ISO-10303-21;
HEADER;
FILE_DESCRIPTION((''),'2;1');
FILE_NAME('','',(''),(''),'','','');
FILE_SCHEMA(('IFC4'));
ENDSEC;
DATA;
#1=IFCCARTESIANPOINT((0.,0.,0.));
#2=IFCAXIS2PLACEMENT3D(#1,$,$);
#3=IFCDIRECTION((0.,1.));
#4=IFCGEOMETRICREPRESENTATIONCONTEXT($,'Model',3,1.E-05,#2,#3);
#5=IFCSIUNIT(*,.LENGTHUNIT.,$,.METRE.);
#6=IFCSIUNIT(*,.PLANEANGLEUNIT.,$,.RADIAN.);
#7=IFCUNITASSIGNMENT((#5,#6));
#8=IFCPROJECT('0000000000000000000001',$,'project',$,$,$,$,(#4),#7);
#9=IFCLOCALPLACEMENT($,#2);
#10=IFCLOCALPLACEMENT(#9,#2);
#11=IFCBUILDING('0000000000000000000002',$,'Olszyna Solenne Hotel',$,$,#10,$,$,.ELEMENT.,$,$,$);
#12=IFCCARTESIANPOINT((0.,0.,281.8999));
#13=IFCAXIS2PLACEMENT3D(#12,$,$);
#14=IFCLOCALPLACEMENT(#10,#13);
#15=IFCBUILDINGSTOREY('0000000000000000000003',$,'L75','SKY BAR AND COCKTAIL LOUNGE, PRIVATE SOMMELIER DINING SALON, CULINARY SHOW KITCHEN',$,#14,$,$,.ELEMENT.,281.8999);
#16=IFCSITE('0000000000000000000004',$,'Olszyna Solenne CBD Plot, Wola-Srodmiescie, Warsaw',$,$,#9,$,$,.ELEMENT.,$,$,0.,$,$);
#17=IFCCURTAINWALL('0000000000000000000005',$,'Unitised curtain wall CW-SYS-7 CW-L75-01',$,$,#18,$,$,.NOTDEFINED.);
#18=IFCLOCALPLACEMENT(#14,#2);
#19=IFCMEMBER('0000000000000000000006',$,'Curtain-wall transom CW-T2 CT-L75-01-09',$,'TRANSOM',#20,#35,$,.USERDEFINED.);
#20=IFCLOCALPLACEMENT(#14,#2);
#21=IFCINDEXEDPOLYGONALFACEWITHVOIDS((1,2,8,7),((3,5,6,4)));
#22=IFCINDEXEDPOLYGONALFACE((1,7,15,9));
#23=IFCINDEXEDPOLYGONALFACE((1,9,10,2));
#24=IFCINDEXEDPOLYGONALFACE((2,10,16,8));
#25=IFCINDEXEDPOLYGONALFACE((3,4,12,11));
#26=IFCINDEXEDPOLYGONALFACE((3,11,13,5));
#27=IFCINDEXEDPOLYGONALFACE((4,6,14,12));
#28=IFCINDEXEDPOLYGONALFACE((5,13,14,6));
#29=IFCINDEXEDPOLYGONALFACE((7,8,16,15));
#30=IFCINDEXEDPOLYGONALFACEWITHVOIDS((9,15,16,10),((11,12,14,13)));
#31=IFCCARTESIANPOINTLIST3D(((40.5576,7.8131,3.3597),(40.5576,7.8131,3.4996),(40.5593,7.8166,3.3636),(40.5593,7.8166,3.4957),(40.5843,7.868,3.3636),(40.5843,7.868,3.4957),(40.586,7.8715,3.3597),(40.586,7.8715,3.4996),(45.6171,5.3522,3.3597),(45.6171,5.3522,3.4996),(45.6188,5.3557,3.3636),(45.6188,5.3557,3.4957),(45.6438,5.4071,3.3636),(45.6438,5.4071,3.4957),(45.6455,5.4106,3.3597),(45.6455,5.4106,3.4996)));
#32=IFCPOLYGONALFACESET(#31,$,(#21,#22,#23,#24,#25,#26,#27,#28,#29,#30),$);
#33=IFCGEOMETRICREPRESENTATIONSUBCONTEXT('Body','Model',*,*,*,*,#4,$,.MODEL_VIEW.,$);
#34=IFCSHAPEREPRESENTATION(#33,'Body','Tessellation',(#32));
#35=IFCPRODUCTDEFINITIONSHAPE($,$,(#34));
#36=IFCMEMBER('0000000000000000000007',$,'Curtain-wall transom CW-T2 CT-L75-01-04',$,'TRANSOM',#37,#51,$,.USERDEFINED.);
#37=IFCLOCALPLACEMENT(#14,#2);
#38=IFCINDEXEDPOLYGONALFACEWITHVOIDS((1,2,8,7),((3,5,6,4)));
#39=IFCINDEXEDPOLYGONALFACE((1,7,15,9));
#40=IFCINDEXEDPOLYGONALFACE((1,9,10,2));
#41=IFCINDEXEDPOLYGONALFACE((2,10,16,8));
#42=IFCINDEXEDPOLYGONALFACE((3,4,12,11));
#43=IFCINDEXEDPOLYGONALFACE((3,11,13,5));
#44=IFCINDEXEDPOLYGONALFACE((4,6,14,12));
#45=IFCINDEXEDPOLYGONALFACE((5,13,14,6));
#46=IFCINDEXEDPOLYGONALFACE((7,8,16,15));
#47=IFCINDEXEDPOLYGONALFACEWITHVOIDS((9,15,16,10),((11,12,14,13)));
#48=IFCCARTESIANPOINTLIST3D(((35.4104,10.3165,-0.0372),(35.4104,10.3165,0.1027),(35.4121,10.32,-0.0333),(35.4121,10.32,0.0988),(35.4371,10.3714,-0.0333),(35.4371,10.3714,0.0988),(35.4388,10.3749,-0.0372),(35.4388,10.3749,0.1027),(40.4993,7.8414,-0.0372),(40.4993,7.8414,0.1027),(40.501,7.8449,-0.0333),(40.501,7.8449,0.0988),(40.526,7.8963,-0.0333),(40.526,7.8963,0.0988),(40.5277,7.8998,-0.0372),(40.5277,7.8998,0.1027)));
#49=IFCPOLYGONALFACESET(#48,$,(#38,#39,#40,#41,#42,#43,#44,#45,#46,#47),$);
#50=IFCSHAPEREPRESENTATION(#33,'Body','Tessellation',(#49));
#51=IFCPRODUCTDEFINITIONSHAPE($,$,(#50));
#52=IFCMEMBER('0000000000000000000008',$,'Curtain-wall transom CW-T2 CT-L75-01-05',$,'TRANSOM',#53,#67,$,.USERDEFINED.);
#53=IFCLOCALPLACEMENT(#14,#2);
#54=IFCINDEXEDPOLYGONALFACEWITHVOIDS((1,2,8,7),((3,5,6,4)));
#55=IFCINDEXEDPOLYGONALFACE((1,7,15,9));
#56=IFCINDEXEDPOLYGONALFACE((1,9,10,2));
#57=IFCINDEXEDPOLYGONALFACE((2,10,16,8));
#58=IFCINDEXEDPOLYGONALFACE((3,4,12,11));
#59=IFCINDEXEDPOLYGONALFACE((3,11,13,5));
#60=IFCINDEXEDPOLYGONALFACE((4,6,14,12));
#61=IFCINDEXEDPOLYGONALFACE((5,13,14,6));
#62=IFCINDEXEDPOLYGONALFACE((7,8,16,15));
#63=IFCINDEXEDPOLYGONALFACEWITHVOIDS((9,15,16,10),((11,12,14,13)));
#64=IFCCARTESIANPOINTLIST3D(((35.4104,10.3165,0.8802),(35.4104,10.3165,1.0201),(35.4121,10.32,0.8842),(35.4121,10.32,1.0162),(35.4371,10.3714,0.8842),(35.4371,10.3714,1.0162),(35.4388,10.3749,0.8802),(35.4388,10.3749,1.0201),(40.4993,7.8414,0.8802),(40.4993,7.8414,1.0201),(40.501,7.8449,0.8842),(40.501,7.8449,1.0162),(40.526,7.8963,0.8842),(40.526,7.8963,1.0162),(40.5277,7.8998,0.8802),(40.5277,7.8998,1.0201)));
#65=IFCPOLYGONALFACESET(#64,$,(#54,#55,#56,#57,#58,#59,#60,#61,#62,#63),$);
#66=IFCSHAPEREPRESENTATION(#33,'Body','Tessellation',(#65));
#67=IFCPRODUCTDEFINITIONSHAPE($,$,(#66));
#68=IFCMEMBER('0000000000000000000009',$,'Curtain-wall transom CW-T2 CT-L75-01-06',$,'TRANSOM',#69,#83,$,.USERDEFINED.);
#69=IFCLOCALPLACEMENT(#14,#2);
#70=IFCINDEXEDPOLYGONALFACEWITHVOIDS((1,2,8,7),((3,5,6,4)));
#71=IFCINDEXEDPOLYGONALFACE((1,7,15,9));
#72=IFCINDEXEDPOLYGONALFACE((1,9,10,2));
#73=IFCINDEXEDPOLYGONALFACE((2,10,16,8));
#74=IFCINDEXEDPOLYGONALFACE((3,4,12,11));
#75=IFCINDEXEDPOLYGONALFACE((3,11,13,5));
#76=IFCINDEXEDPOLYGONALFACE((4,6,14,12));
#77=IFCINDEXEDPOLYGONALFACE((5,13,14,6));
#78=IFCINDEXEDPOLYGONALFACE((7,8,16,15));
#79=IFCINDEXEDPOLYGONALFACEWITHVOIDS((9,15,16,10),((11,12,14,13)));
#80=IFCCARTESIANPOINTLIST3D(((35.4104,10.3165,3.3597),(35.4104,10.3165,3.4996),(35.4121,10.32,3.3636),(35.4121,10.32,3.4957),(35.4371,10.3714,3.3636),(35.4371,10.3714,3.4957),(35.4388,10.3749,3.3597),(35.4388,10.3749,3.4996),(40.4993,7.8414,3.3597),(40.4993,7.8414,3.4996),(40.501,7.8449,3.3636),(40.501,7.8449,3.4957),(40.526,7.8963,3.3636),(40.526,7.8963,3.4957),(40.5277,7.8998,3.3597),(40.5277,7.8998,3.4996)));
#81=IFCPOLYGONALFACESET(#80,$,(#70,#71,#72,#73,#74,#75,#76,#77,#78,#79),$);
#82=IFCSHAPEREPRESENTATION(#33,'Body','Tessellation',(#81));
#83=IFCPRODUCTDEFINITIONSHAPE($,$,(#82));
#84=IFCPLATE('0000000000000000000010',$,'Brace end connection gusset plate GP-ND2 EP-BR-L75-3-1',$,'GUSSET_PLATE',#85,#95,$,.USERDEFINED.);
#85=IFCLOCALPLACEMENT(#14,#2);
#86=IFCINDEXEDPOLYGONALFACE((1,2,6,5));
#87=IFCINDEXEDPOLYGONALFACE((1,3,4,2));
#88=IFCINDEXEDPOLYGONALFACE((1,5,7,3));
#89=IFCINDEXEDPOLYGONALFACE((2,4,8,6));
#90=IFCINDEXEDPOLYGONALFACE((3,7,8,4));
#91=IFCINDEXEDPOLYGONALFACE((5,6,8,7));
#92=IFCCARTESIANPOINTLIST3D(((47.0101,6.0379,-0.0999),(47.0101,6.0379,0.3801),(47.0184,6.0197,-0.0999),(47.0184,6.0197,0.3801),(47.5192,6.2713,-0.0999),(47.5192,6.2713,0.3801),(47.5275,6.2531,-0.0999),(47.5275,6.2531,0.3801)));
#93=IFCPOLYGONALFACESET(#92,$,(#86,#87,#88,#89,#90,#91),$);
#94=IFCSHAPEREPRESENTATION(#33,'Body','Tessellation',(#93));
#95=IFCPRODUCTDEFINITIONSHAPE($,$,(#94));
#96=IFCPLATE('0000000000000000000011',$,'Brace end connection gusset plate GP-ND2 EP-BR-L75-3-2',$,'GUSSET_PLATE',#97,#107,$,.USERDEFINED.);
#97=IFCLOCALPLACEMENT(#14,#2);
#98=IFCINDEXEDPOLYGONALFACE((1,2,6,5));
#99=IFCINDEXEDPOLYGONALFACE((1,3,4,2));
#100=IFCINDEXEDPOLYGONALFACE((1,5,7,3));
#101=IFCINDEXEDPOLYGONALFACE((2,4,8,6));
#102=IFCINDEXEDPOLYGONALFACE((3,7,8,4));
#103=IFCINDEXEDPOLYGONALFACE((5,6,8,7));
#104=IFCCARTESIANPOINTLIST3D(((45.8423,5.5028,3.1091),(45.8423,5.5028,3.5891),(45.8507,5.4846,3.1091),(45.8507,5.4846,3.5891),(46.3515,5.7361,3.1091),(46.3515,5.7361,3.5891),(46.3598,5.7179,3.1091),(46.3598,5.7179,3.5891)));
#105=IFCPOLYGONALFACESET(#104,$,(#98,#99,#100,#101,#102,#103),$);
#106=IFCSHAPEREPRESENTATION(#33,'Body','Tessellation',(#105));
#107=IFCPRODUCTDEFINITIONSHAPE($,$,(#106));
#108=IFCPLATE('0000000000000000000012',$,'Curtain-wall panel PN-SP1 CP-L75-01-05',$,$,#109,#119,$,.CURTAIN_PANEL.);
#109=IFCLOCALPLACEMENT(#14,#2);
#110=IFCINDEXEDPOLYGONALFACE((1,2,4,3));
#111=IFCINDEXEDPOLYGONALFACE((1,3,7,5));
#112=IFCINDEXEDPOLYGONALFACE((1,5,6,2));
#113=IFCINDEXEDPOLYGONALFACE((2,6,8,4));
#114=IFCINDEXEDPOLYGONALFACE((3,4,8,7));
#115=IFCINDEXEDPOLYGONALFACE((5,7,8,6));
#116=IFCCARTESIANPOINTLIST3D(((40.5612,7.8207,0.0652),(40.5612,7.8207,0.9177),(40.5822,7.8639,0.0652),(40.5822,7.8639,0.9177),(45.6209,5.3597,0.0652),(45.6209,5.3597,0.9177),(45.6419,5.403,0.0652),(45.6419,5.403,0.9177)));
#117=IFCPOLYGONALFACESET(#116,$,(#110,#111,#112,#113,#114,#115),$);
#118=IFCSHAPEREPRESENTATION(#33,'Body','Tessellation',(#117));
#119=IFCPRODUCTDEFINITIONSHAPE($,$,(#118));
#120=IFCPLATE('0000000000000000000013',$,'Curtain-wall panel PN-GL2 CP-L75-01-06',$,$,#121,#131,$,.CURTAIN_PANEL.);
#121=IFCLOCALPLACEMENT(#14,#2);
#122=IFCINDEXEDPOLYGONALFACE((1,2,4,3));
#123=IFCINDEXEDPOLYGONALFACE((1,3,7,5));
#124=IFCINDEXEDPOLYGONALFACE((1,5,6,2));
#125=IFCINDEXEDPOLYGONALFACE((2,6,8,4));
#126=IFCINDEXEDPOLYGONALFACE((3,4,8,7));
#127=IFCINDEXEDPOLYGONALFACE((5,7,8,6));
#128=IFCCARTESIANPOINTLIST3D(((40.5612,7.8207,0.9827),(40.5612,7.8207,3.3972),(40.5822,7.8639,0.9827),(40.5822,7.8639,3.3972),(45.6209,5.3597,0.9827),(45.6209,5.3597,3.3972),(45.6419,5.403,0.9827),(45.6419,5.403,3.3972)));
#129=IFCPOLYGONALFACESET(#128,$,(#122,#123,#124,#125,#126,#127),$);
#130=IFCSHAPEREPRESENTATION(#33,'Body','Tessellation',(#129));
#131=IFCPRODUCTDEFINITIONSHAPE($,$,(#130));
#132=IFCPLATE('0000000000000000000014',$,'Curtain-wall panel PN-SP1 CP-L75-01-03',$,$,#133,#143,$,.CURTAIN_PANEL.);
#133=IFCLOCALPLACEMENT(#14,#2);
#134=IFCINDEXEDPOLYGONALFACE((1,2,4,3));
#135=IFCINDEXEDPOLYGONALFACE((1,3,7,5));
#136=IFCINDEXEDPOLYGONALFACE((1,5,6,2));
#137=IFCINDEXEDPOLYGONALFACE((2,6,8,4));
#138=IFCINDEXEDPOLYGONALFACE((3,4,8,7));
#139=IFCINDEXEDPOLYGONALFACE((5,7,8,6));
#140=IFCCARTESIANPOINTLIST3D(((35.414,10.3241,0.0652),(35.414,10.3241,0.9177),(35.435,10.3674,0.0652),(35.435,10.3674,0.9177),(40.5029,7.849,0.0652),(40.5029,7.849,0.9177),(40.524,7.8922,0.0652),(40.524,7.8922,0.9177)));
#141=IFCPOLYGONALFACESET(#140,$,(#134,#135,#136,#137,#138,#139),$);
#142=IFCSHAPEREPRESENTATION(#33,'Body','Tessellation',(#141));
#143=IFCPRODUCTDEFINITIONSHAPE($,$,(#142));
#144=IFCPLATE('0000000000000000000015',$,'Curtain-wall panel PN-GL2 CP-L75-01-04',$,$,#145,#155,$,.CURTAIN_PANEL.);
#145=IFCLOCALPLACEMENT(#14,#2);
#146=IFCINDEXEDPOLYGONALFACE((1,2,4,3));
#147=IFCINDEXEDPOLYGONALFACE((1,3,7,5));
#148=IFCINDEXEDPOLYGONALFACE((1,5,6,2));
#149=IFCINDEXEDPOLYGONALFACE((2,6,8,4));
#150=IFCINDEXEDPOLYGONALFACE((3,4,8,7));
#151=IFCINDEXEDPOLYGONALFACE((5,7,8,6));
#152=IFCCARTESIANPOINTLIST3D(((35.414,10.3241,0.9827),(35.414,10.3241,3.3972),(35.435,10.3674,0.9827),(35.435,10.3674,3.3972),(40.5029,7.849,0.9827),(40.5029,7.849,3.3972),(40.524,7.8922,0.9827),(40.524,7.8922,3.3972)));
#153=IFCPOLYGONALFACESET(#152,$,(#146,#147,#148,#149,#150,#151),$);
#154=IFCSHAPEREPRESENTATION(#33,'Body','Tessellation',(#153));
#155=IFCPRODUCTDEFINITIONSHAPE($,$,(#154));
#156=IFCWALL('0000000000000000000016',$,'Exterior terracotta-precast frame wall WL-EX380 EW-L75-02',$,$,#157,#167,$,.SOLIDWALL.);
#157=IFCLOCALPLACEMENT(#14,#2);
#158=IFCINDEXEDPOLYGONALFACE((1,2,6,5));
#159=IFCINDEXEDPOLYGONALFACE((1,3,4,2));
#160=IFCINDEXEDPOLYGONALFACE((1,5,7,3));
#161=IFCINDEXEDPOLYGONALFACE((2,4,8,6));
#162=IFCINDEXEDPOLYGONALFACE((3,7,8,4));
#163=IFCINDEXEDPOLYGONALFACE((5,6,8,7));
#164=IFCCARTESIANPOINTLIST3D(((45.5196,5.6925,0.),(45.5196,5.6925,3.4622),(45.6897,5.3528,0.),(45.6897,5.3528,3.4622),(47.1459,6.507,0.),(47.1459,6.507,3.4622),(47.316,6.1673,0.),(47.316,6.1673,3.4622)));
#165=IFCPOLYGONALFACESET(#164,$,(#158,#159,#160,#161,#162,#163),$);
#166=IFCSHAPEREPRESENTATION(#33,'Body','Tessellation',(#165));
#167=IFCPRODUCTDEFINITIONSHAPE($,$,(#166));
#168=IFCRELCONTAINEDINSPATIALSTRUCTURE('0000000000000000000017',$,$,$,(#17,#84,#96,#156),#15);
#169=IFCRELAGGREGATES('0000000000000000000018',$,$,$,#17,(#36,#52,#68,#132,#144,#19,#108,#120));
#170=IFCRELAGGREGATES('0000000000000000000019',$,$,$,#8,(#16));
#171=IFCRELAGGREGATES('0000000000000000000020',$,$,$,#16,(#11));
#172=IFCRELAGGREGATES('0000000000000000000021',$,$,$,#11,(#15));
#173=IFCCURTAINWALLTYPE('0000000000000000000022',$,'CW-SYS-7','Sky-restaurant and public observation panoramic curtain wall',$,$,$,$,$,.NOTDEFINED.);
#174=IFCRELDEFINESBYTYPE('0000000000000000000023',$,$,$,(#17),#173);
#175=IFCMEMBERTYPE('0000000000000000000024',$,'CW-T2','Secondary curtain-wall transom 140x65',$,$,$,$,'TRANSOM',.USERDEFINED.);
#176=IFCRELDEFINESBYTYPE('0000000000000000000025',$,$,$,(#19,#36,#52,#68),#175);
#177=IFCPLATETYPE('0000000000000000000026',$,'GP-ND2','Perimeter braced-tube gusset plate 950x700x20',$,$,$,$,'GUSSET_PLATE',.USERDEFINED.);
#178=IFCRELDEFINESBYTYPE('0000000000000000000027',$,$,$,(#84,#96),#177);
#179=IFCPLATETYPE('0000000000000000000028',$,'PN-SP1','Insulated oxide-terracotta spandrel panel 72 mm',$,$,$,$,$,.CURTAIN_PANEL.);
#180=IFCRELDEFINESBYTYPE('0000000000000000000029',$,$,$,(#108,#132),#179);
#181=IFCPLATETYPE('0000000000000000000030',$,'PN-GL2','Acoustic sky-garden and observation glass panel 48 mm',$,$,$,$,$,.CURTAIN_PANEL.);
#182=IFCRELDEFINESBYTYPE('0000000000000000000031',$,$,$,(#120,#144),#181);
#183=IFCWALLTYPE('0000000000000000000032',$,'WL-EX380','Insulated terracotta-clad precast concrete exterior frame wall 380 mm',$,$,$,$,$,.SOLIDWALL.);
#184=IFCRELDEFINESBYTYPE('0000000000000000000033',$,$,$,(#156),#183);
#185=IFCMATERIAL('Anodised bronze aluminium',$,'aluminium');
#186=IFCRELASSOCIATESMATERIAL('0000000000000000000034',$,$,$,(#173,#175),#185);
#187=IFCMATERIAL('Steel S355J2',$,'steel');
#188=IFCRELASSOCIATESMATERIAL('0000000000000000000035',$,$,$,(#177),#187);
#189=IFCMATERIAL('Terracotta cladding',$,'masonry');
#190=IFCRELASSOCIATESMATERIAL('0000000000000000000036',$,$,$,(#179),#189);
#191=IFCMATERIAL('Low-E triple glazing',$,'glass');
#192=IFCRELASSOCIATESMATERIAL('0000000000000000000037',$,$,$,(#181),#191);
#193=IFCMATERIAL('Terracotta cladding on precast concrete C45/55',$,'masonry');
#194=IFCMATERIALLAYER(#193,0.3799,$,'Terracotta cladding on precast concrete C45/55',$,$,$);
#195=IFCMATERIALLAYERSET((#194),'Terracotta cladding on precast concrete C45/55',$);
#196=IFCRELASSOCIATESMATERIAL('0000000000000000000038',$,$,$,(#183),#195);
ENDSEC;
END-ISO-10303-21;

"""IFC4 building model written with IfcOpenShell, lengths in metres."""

from ifc_helpers import new_model, si_unit, direction, frame, frame_2d, origin, origin_2d, place, context, subcontext, project, spatial, rectangle, hollow_rectangle, extrude, source, transform, mapped, material, layer, layer_set, material_profile, profile_set, type_object, element, aggregate, save


model = new_model("IFC4")

# Units and contexts
model_context = context("Model", 3, precision=1e-05, world=origin(), true_north=direction((0.0, 1.0)))
body_context = subcontext(model_context, "Body", "Model", "MODEL_VIEW")
ifc_project = project(units=[si_unit("LENGTHUNIT", "METRE"), si_unit("PLANEANGLEUNIT", "RADIAN")], contexts=[model_context])

# Site, building, storey
site_placement = place(None, origin())
site = spatial("IfcSite", under=ifc_project, at=site_placement, Name="Olszyna Solenne CBD Plot, Wola-Srodmiescie, Warsaw", CompositionType="ELEMENT", RefElevation=0.0)
building_placement = place(site_placement, origin())
building = spatial("IfcBuilding", under=site, at=building_placement, Name="Olszyna Solenne Hotel", CompositionType="ELEMENT")
storey_placement = place(building_placement, frame((0.0, 0.0, 281.8999)))
storey = spatial("IfcBuildingStorey", under=building, at=storey_placement, Name="L75", Description="SKY BAR AND COCKTAIL LOUNGE, PRIVATE SOMMELIER DINING SALON, CULINARY SHOW KITCHEN", CompositionType="ELEMENT", Elevation=281.8999)

# Shared definitions
ifc_material_1 = material(Name="Steel S355J2", Category="steel")

# Curtain wall, members
ifc_material_2 = material(Name="Anodised bronze aluminium", Category="aluminium")
curtain_wall_type = type_object("IfcCurtainWallType", Name="CW-SYS-7", Description="Sky-restaurant and public observation panoramic curtain wall", PredefinedType="NOTDEFINED", material=ifc_material_2)
curtain_wall_placement = place(storey_placement, origin())
curtain_wall = element("IfcCurtainWall", 1, at=curtain_wall_placement, inside=storey, type_object=curtain_wall_type, Name="Unitised curtain wall CW-SYS-7 CW-L75-01", PredefinedType="NOTDEFINED")
ifc_material_profile_1 = material_profile(ifc_material_2, hollow_rectangle(XDim=0.0649, YDim=0.1399, WallThickness=0.0039, at=origin_2d()), Name="TRAN 140x65x4", Category="load-bearing")
ifc_profile_set_1 = profile_set([ifc_material_profile_1], Name="Anodised bronze aluminium")
member_type_1 = type_object("IfcMemberType", Name="CW-T2", Description="Secondary curtain-wall transom 140x65", ElementType="TRANSOM", PredefinedType="USERDEFINED", material=ifc_profile_set_1)
shared_shape_1 = source(origin(), body_context, "Body", "SweptSolid", [
    extrude(hollow_rectangle(XDim=0.0649, YDim=0.1399, WallThickness=0.0039, at=origin_2d()), origin(), (0.0, 0.0, 1.0), 5.6262),
])
member_1_placement = place(storey_placement, frame((40.5718, 7.8423, 3.4297), z_axis=(0.899268, -0.437397, 0.0), x_axis=(0.437397, 0.899268, 0.0)))
member_1 = element("IfcMember", 2, at=member_1_placement, type_object=member_type_1, Name="Curtain-wall transom CW-T2 CT-L75-01-09", ObjectType="TRANSOM", PredefinedType="USERDEFINED", context=body_context, shape_type="MappedRepresentation", body=[
    mapped(shared_shape_1, transform((0.0, 0.0, 0.0), x_axis=(1.0, 0.0, 0.0), y_axis=(0.0, 1.0, 0.0), z_axis=(0.0, 0.0, 1.0), scale=1.0)),
])
shared_shape_2 = source(origin(), body_context, "Body", "SweptSolid", [
    extrude(hollow_rectangle(XDim=0.0649, YDim=0.1399, WallThickness=0.0039, at=origin_2d()), origin(), (0.0, 0.0, 1.0), 5.6589),
])
member_2_placement = place(storey_placement, frame((35.4246, 10.3457, 0.0327), z_axis=(0.899275, -0.437385, 0.0), x_axis=(0.437385, 0.899275, 0.0)))
member_2 = element("IfcMember", 3, at=member_2_placement, type_object=member_type_1, Name="Curtain-wall transom CW-T2 CT-L75-01-04", ObjectType="TRANSOM", PredefinedType="USERDEFINED", context=body_context, shape_type="MappedRepresentation", body=[
    mapped(shared_shape_2, transform((0.0, 0.0, 0.0), x_axis=(1.0, 0.0, 0.0), y_axis=(0.0, 1.0, 0.0), z_axis=(0.0, 0.0, 1.0), scale=1.0)),
])
member_3_placement = place(storey_placement, frame((35.4246, 10.3457, 0.9502), z_axis=(0.899275, -0.437385, 0.0), x_axis=(0.437385, 0.899275, 0.0)))
member_3 = element("IfcMember", 4, at=member_3_placement, type_object=member_type_1, Name="Curtain-wall transom CW-T2 CT-L75-01-05", ObjectType="TRANSOM", PredefinedType="USERDEFINED", context=body_context, shape_type="MappedRepresentation", body=[
    mapped(shared_shape_2, transform((0.0, 0.0, 0.0), x_axis=(1.0, 0.0, 0.0), y_axis=(0.0, 1.0, 0.0), z_axis=(0.0, 0.0, 1.0), scale=1.0)),
])
member_4_placement = place(storey_placement, frame((35.4246, 10.3457, 3.4297), z_axis=(0.899275, -0.437385, 0.0), x_axis=(0.437385, 0.899275, 0.0)))
member_4 = element("IfcMember", 5, at=member_4_placement, type_object=member_type_1, Name="Curtain-wall transom CW-T2 CT-L75-01-06", ObjectType="TRANSOM", PredefinedType="USERDEFINED", context=body_context, shape_type="MappedRepresentation", body=[
    mapped(shared_shape_2, transform((0.0, 0.0, 0.0), x_axis=(1.0, 0.0, 0.0), y_axis=(0.0, 1.0, 0.0), z_axis=(0.0, 0.0, 1.0), scale=1.0)),
])

# Plates
plate_type_1 = type_object("IfcPlateType", Name="GP-ND2", Description="Perimeter braced-tube gusset plate 950x700x20", ElementType="GUSSET_PLATE", PredefinedType="USERDEFINED", material=ifc_material_1)
shared_shape_3 = source(origin(), body_context, "Body", "SweptSolid", [
    extrude(rectangle(XDim=0.5601, YDim=0.02, at=origin_2d()), origin(), (0.0, 0.0, 1.0), 0.48),
])
for number, where, z_axis, x_axis, name in (
    (6, (47.2688, 6.1455, -0.0999), (0.0, 0.0, 1.0), (-0.909091, -0.416598, 0.0), "Brace end connection gusset plate GP-ND2 EP-BR-L75-3-1"),
    (7, (46.1011, 5.6104, 3.1091), (0.0, 0.0, 1.0), (-0.909091, -0.416598, 0.0), "Brace end connection gusset plate GP-ND2 EP-BR-L75-3-2"),
):
    element("IfcPlate", number, at=place(storey_placement, frame(where, z_axis=z_axis, x_axis=x_axis)), inside=storey, type_object=plate_type_1, Name=name, ObjectType="GUSSET_PLATE", PredefinedType="USERDEFINED", context=body_context, shape_type="MappedRepresentation", body=[
        mapped(shared_shape_3, transform((0.0, 0.0, 0.0), x_axis=(1.0, 0.0, 0.0), y_axis=(0.0, 1.0, 0.0), z_axis=(0.0, 0.0, 1.0), scale=1.0)),
    ])

# Plates
ifc_material_3 = material(Name="Terracotta cladding", Category="masonry")
plate_type_2 = type_object("IfcPlateType", Name="PN-SP1", Description="Insulated oxide-terracotta spandrel panel 72 mm", PredefinedType="CURTAIN_PANEL", material=ifc_material_3)
shared_shape_4 = source(origin(), body_context, "Body", "SweptSolid", [
    extrude(rectangle(XDim=5.6265, YDim=0.0481, at=origin_2d()), origin(), (0.0, 0.0, 1.0), 0.8525),
])
plate_1_placement = place(storey_placement, frame((43.1016, 6.6118, 0.0652), z_axis=(0.0, 0.0, 1.0), x_axis=(0.899273, -0.437387, 0.0)))
plate_1 = element("IfcPlate", 8, at=plate_1_placement, type_object=plate_type_2, Name="Curtain-wall panel PN-SP1 CP-L75-01-05", PredefinedType="CURTAIN_PANEL", context=body_context, shape_type="MappedRepresentation", body=[
    mapped(shared_shape_4, transform((0.0, 0.0, 0.0), x_axis=(1.0, 0.0, 0.0), y_axis=(0.0, 1.0, 0.0), z_axis=(0.0, 0.0, 1.0), scale=1.0)),
])
ifc_material_4 = material(Name="Low-E triple glazing", Category="glass")
plate_type_3 = type_object("IfcPlateType", Name="PN-GL2", Description="Acoustic sky-garden and observation glass panel 48 mm", PredefinedType="CURTAIN_PANEL", material=ifc_material_4)
shared_shape_5 = source(origin(), body_context, "Body", "SweptSolid", [
    extrude(rectangle(XDim=5.6265, YDim=0.0481, at=origin_2d()), origin(), (0.0, 0.0, 1.0), 2.4146),
])
plate_2_placement = place(storey_placement, frame((43.1016, 6.6118, 0.9827), z_axis=(0.0, 0.0, 1.0), x_axis=(0.899273, -0.437387, 0.0)))
plate_2 = element("IfcPlate", 9, at=plate_2_placement, type_object=plate_type_3, Name="Curtain-wall panel PN-GL2 CP-L75-01-06", PredefinedType="CURTAIN_PANEL", context=body_context, shape_type="MappedRepresentation", body=[
    mapped(shared_shape_5, transform((0.0, 0.0, 0.0), x_axis=(1.0, 0.0, 0.0), y_axis=(0.0, 1.0, 0.0), z_axis=(0.0, 0.0, 1.0), scale=1.0)),
])
shared_shape_6 = source(origin(), body_context, "Body", "SweptSolid", [
    extrude(rectangle(XDim=5.6589, YDim=0.0481, at=origin_2d()), origin(), (0.0, 0.0, 1.0), 0.8525),
])
plate_3_placement = place(storey_placement, frame((37.969, 9.1082, 0.0652), z_axis=(0.0, 0.0, 1.0), x_axis=(0.899273, -0.437387, 0.0)))
plate_3 = element("IfcPlate", 10, at=plate_3_placement, type_object=plate_type_2, Name="Curtain-wall panel PN-SP1 CP-L75-01-03", PredefinedType="CURTAIN_PANEL", context=body_context, shape_type="MappedRepresentation", body=[
    mapped(shared_shape_6, transform((0.0, 0.0, 0.0), x_axis=(1.0, 0.0, 0.0), y_axis=(0.0, 1.0, 0.0), z_axis=(0.0, 0.0, 1.0), scale=1.0)),
])
shared_shape_7 = source(origin(), body_context, "Body", "SweptSolid", [
    extrude(rectangle(XDim=5.6589, YDim=0.0481, at=origin_2d()), origin(), (0.0, 0.0, 1.0), 2.4146),
])
plate_4_placement = place(storey_placement, frame((37.969, 9.1082, 0.9827), z_axis=(0.0, 0.0, 1.0), x_axis=(0.899273, -0.437387, 0.0)))
plate_4 = element("IfcPlate", 11, at=plate_4_placement, type_object=plate_type_3, Name="Curtain-wall panel PN-GL2 CP-L75-01-04", PredefinedType="CURTAIN_PANEL", context=body_context, shape_type="MappedRepresentation", body=[
    mapped(shared_shape_7, transform((0.0, 0.0, 0.0), x_axis=(1.0, 0.0, 0.0), y_axis=(0.0, 1.0, 0.0), z_axis=(0.0, 0.0, 1.0), scale=1.0)),
])
aggregate(curtain_wall, [member_2, member_3, member_4, plate_3, plate_4, member_1, plate_1, plate_2])

# Wall
ifc_material_5 = material(Name="Terracotta cladding on precast concrete C45/55", Category="masonry")
ifc_layer = layer(ifc_material_5, 0.3799, Name="Terracotta cladding on precast concrete C45/55")
ifc_layer_set = layer_set([ifc_layer], Name="Terracotta cladding on precast concrete C45/55")
wall_type = type_object("IfcWallType", Name="WL-EX380", Description="Insulated terracotta-clad precast concrete exterior frame wall 380 mm", PredefinedType="SOLIDWALL", material=ifc_layer_set)
wall_placement = place(storey_placement, frame((47.231, 6.3372, 0.0), z_axis=(0.0, 0.0, 1.0), x_axis=(-0.894132, -0.447804, 0.0)))
element("IfcWall", 12, at=wall_placement, inside=storey, type_object=wall_type, Name="Exterior terracotta-precast frame wall WL-EX380 EW-L75-02", PredefinedType="SOLIDWALL", context=body_context, shape_type="SweptSolid", body=[
    extrude(rectangle(XDim=1.8188, YDim=0.3799, at=frame_2d((0.9094, 0.0))), origin(), (0.0, 0.0, 1.0), 3.4622),
])

save(model, "model.ifc")
